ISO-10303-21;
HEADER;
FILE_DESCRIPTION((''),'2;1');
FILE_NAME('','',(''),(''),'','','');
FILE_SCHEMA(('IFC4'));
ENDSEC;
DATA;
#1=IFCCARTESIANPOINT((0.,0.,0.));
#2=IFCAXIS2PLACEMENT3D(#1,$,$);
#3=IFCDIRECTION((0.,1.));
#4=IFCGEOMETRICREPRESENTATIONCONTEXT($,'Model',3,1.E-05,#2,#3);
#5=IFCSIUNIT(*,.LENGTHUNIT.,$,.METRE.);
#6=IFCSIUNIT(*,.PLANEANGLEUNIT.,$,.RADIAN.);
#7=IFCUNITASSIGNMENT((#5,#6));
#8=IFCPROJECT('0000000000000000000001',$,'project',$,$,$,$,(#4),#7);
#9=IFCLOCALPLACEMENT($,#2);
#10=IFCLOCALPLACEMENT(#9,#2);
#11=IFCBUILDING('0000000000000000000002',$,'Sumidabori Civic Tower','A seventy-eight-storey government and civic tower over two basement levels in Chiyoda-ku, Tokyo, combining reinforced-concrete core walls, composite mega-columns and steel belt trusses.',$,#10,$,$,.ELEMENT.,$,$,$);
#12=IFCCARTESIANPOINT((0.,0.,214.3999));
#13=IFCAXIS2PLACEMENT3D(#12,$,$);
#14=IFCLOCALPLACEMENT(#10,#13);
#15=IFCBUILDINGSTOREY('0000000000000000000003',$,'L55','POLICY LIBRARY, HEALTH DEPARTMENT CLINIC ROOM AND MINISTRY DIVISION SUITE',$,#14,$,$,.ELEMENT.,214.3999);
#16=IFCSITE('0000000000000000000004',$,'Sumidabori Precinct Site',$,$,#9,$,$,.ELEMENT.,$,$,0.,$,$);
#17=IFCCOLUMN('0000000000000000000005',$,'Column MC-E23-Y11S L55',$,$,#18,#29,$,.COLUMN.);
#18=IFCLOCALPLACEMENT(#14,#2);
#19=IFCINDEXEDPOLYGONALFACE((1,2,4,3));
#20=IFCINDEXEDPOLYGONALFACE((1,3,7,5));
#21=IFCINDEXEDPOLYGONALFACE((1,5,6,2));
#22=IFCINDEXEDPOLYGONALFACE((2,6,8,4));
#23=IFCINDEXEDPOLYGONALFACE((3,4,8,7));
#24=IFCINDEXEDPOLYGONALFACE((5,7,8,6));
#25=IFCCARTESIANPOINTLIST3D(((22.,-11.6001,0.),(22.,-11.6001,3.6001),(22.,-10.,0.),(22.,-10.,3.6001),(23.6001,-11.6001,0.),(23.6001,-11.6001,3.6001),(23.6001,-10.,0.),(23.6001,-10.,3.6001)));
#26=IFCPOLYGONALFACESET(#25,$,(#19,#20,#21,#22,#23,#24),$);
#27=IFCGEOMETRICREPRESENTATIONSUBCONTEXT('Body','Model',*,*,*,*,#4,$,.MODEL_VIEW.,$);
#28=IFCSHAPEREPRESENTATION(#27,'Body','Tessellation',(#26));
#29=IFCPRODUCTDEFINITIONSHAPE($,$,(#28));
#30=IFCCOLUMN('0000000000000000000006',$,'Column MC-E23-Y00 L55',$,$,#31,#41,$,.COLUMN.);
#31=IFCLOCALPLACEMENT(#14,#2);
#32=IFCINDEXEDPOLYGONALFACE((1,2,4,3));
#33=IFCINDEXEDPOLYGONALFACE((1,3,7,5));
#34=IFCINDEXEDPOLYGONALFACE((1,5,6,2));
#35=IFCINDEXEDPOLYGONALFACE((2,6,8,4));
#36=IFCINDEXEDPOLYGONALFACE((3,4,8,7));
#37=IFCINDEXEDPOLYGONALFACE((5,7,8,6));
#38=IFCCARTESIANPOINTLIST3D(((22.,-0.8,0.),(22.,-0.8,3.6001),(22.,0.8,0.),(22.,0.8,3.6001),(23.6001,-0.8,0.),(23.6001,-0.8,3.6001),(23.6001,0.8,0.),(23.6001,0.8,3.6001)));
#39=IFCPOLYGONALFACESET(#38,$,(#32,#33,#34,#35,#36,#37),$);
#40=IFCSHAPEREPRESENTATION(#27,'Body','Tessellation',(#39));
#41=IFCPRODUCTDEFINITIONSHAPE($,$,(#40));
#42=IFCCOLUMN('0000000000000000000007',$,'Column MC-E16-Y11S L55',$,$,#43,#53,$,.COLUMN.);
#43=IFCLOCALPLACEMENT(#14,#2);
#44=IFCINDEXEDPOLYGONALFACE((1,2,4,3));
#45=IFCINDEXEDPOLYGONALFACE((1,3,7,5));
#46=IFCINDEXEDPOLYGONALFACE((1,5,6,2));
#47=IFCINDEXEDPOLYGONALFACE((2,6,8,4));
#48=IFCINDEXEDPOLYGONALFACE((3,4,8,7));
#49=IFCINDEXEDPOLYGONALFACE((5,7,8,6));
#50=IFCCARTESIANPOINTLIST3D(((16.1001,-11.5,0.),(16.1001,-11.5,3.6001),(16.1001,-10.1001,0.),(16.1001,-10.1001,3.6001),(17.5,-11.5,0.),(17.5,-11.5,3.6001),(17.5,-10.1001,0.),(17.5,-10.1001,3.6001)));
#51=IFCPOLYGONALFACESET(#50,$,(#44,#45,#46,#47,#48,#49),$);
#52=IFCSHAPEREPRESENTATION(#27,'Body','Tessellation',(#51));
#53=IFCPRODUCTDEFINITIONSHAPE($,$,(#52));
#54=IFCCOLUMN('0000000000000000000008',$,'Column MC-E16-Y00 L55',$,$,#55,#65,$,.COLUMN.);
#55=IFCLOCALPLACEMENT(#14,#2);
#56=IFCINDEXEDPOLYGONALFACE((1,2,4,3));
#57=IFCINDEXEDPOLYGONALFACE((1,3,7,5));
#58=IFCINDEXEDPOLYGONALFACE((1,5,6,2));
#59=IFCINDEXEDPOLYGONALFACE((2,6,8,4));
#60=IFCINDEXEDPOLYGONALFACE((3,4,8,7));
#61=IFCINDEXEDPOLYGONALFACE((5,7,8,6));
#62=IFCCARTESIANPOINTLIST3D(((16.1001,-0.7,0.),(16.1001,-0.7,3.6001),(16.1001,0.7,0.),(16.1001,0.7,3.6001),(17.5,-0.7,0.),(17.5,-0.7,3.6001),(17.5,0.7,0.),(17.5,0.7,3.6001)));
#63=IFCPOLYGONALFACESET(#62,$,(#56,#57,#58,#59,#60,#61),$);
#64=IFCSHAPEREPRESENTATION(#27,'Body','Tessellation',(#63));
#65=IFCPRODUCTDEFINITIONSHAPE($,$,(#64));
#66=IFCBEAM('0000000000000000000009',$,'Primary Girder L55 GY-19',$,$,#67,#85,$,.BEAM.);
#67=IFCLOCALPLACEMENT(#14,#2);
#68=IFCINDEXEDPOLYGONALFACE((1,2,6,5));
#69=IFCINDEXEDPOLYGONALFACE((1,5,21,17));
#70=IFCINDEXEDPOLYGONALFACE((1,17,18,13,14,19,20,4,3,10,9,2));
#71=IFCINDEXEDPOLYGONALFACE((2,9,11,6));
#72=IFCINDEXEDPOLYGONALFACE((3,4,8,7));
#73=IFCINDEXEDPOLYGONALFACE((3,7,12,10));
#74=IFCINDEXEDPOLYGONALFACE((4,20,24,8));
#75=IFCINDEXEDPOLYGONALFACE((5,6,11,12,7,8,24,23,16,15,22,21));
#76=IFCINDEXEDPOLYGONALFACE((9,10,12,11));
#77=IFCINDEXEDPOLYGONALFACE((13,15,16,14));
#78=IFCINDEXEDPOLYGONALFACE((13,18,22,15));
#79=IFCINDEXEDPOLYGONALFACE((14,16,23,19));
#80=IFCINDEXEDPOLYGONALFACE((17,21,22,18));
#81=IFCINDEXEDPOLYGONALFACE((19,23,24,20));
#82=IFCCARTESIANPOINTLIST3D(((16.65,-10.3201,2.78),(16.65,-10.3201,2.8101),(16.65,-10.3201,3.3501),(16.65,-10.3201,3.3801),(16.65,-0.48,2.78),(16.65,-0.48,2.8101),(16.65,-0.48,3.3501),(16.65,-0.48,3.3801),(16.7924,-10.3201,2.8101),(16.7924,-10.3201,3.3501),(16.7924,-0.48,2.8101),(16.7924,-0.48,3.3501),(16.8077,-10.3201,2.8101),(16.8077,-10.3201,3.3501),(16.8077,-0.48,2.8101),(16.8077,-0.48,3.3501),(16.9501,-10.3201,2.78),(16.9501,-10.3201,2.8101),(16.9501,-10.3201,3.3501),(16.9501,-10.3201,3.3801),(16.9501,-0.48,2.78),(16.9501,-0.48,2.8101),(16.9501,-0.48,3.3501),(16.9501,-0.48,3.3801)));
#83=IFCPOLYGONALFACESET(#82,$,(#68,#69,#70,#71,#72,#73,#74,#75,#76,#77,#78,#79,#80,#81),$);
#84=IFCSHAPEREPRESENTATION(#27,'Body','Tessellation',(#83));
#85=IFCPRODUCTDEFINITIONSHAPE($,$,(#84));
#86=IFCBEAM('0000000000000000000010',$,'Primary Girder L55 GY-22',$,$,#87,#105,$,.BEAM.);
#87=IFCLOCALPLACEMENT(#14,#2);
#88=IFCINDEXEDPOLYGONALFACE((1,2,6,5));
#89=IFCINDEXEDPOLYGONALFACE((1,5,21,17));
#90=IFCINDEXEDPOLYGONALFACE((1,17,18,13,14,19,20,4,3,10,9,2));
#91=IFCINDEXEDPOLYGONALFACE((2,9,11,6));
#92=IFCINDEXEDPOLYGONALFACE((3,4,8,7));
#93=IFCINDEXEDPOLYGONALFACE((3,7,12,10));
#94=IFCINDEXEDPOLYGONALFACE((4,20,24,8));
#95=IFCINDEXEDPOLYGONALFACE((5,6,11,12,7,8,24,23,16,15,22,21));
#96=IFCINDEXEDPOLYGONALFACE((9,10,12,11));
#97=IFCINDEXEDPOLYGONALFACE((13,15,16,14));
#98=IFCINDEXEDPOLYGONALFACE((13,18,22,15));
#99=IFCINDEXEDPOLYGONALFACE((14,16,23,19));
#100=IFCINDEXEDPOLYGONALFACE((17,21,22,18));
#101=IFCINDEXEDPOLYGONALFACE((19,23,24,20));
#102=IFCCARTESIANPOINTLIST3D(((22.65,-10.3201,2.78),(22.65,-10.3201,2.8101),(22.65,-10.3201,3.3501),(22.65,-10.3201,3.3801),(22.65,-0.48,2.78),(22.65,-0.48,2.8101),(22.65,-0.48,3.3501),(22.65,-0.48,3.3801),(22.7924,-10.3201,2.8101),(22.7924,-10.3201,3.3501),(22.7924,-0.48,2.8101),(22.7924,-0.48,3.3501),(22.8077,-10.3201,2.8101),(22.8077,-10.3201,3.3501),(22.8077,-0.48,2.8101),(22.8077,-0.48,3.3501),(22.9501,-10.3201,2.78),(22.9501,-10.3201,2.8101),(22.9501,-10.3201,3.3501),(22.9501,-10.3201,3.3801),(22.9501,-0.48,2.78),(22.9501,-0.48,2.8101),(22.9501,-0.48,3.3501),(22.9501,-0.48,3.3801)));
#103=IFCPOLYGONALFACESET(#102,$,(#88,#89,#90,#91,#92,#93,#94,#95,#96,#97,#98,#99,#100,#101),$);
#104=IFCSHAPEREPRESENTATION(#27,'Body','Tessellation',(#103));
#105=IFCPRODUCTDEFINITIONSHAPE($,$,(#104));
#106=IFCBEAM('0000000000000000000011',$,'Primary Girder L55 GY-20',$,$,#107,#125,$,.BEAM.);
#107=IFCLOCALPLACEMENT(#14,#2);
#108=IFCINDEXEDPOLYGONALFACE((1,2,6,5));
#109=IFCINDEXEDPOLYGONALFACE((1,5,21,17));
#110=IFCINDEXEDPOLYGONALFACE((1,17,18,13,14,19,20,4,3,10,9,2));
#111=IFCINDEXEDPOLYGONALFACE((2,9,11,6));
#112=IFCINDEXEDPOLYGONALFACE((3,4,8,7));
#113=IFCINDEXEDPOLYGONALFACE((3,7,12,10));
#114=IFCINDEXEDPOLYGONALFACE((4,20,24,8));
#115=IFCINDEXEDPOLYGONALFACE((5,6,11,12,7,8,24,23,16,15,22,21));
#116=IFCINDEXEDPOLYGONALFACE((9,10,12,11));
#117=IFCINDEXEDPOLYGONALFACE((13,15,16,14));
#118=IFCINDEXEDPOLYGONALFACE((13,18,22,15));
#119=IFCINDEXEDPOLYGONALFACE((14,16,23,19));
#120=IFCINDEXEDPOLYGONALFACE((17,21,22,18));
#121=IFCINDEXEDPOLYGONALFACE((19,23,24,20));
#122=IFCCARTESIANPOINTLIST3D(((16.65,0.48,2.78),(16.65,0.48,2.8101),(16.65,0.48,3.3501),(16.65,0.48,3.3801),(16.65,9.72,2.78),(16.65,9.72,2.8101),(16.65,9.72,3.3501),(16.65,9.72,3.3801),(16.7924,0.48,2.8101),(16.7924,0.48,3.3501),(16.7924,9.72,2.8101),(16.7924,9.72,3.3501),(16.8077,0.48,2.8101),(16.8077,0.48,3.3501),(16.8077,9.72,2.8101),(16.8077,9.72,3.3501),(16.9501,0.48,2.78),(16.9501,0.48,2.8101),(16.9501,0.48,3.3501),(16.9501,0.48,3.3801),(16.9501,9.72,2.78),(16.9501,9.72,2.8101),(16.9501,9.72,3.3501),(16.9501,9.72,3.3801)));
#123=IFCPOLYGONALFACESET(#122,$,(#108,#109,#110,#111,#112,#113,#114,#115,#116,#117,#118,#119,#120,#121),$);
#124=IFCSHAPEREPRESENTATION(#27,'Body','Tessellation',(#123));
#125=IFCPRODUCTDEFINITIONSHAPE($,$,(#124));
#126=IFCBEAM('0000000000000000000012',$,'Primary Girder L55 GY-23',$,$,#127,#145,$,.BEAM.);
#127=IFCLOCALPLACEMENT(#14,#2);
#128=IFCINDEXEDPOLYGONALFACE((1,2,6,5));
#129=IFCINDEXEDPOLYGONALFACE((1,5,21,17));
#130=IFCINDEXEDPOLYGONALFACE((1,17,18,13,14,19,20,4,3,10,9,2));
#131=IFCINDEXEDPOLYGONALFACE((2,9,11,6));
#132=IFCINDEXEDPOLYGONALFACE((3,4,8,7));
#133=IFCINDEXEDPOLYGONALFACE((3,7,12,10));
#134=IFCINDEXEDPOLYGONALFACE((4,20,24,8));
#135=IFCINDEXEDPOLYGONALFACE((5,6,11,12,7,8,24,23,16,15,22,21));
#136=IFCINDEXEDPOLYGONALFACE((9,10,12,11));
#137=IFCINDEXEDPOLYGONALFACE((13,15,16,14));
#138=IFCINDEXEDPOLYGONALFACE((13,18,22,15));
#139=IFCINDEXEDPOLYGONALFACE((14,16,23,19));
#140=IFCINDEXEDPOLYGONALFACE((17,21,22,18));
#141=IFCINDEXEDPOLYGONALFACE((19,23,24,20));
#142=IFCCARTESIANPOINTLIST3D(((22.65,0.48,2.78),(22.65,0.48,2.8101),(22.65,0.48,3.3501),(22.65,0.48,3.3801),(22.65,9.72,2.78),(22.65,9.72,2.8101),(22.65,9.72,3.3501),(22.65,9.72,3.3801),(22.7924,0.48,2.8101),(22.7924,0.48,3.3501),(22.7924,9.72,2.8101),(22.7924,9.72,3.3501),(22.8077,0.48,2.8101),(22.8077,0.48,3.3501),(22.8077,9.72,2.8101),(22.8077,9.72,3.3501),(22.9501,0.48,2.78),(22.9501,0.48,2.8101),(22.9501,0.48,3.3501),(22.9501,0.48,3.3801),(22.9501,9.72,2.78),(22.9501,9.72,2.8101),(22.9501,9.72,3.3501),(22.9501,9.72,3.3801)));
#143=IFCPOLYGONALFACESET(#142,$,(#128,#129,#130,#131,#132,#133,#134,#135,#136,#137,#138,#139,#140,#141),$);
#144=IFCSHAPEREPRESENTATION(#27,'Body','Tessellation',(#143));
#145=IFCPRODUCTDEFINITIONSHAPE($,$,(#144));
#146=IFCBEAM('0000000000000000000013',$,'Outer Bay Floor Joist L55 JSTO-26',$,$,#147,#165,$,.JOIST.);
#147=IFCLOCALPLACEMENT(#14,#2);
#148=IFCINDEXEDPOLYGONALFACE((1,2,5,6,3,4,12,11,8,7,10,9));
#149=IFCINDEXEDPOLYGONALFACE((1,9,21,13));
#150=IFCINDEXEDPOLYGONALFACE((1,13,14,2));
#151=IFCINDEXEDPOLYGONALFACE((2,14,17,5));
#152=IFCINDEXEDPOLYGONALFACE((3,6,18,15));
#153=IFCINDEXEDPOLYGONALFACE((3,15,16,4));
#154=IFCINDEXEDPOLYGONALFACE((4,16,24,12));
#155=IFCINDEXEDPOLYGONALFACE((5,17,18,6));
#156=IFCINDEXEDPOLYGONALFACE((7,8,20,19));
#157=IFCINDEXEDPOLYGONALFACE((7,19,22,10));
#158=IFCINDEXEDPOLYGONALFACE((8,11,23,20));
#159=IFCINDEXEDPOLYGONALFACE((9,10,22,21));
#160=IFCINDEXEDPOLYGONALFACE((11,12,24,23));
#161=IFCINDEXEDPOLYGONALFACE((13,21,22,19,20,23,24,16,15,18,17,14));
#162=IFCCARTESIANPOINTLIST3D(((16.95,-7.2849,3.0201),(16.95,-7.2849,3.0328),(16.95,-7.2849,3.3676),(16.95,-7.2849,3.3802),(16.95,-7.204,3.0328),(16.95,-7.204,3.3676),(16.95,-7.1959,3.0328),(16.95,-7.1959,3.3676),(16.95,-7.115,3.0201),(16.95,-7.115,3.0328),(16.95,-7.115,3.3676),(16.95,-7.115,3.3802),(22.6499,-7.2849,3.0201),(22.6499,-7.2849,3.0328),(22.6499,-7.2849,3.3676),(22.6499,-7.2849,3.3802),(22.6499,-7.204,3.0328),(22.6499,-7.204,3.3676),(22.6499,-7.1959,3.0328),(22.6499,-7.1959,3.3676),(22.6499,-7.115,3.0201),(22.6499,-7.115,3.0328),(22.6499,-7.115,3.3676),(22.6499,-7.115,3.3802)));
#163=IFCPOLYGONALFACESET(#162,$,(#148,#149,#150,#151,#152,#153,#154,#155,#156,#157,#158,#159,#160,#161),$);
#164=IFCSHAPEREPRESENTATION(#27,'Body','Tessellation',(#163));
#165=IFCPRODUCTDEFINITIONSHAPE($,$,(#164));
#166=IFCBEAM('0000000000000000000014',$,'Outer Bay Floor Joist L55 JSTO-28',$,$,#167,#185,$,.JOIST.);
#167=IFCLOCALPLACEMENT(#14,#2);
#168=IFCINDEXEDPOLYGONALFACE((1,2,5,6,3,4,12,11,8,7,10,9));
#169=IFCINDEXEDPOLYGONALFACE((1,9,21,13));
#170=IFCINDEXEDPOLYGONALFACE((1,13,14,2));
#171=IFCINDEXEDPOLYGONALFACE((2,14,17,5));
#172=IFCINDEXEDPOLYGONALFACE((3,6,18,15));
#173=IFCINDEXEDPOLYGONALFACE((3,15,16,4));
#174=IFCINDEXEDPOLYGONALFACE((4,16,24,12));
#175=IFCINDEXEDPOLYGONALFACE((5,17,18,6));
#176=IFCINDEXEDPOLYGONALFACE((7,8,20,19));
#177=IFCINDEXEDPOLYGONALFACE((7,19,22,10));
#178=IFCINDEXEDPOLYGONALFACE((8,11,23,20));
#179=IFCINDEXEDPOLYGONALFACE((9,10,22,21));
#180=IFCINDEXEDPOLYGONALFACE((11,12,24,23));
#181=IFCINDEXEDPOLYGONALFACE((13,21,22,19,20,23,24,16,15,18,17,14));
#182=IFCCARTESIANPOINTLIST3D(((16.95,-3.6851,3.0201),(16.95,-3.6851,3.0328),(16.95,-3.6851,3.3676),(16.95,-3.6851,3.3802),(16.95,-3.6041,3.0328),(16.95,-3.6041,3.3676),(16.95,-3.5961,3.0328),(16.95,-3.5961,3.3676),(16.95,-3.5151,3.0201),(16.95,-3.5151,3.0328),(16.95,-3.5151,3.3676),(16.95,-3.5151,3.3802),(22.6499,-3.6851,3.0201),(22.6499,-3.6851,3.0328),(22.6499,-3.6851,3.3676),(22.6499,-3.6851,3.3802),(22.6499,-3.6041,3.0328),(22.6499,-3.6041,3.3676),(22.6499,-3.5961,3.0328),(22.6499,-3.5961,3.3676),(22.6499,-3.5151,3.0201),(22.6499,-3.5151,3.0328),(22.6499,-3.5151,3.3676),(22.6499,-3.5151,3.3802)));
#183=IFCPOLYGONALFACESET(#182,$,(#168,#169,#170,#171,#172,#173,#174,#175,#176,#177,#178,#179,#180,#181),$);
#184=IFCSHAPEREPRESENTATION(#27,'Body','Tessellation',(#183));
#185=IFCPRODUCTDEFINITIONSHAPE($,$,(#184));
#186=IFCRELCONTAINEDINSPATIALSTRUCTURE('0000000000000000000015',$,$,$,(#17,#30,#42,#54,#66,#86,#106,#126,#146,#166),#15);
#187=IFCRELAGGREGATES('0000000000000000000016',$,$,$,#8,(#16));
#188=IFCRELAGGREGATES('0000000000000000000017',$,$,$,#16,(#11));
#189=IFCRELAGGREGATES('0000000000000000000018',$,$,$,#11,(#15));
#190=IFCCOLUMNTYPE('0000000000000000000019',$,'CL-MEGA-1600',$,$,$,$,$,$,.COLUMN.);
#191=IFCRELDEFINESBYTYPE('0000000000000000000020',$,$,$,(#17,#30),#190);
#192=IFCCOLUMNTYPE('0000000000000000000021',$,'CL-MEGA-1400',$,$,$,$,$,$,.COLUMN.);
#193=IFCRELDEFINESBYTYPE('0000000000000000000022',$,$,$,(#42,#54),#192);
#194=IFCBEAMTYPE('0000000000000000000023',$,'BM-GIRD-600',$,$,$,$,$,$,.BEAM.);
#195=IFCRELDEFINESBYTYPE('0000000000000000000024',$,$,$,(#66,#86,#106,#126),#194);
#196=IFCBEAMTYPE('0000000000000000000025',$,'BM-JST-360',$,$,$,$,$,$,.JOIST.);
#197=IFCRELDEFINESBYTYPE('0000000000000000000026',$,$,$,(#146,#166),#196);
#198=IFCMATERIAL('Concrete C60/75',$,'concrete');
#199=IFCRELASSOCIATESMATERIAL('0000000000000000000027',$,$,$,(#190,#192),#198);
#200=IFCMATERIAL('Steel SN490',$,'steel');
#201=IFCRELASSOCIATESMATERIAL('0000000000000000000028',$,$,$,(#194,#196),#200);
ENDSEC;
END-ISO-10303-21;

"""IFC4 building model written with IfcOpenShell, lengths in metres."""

from ifc_helpers import new_model, si_unit, direction, frame, origin, origin_2d, place, context, subcontext, project, spatial, rectangle, i_section, extrude, source, transform, mapped, material, material_profile, profile_set, type_object, element, save


model = new_model("IFC4")

# Units and contexts
model_context = context("Model", 3, precision=1e-05, world=origin(), true_north=direction((0.0, 1.0)))
body_context = subcontext(model_context, "Body", "Model", "MODEL_VIEW")
ifc_project = project(units=[si_unit("LENGTHUNIT", "METRE"), si_unit("PLANEANGLEUNIT", "RADIAN")], contexts=[model_context])

# Site, building, storey
site_placement = place(None, origin())
site = spatial("IfcSite", under=ifc_project, at=site_placement, Name="Sumidabori Precinct Site", CompositionType="ELEMENT", RefElevation=0.0)
building_placement = place(site_placement, origin())
building = spatial("IfcBuilding", under=site, at=building_placement, Name="Sumidabori Civic Tower", Description="A seventy-eight-storey government and civic tower over two basement levels in Chiyoda-ku, Tokyo, combining reinforced-concrete core walls, composite mega-columns and steel belt trusses.", CompositionType="ELEMENT")
storey_placement = place(building_placement, frame((0.0, 0.0, 214.3999)))
storey = spatial("IfcBuildingStorey", under=building, at=storey_placement, Name="L55", Description="POLICY LIBRARY, HEALTH DEPARTMENT CLINIC ROOM AND MINISTRY DIVISION SUITE", CompositionType="ELEMENT", Elevation=214.3999)

# Columns
ifc_material_1 = material(Name="Concrete C60/75", Category="concrete")
ifc_material_profile_1 = material_profile(ifc_material_1, rectangle(XDim=1.6001, YDim=1.6001, at=origin_2d()), Name="RC 1600x1600")
ifc_profile_set_1 = profile_set([ifc_material_profile_1], Name="Concrete C60/75")
column_type_1 = type_object("IfcColumnType", Name="CL-MEGA-1600", PredefinedType="COLUMN", material=ifc_profile_set_1)
shared_shape_1 = source(origin(), body_context, "Body", "SweptSolid", [
    extrude(rectangle(XDim=1.6001, YDim=1.6001, at=origin_2d()), origin(), (0.0, 0.0, 1.0), 3.6001),
])
for number, where, z_axis, x_axis, name in (
    (1, (22.8, -10.8, 0.0), (0.0, 0.0, 1.0), (1.0, 0.0, 0.0), "Column MC-E23-Y11S L55"),
    (2, (22.8, 0.0, 0.0), (0.0, 0.0, 1.0), (1.0, 0.0, 0.0), "Column MC-E23-Y00 L55"),
):
    element("IfcColumn", number, at=place(storey_placement, frame(where, z_axis=z_axis, x_axis=x_axis)), inside=storey, type_object=column_type_1, Name=name, PredefinedType="COLUMN", context=body_context, shape_type="MappedRepresentation", body=[
        mapped(shared_shape_1, transform((0.0, 0.0, 0.0), x_axis=(1.0, 0.0, 0.0), y_axis=(0.0, 1.0, 0.0), z_axis=(0.0, 0.0, 1.0), scale=1.0)),
    ])
ifc_material_profile_2 = material_profile(ifc_material_1, rectangle(XDim=1.3999, YDim=1.3999, at=origin_2d()), Name="RC 1400x1400")
ifc_profile_set_2 = profile_set([ifc_material_profile_2], Name="Concrete C60/75")
column_type_2 = type_object("IfcColumnType", Name="CL-MEGA-1400", PredefinedType="COLUMN", material=ifc_profile_set_2)
shared_shape_2 = source(origin(), body_context, "Body", "SweptSolid", [
    extrude(rectangle(XDim=1.3999, YDim=1.3999, at=origin_2d()), origin(), (0.0, 0.0, 1.0), 3.6001),
])
for number, where, z_axis, x_axis, name in (
    (3, (16.8, -10.8, 0.0), (0.0, 0.0, 1.0), (1.0, 0.0, 0.0), "Column MC-E16-Y11S L55"),
    (4, (16.8, 0.0, 0.0), (0.0, 0.0, 1.0), (1.0, 0.0, 0.0), "Column MC-E16-Y00 L55"),
):
    element("IfcColumn", number, at=place(storey_placement, frame(where, z_axis=z_axis, x_axis=x_axis)), inside=storey, type_object=column_type_2, Name=name, PredefinedType="COLUMN", context=body_context, shape_type="MappedRepresentation", body=[
        mapped(shared_shape_2, transform((0.0, 0.0, 0.0), x_axis=(1.0, 0.0, 0.0), y_axis=(0.0, 1.0, 0.0), z_axis=(0.0, 0.0, 1.0), scale=1.0)),
    ])

# Beams
ifc_material_2 = material(Name="Steel SN490", Category="steel")
ifc_material_profile_3 = material_profile(ifc_material_2, i_section(OverallWidth=0.3, OverallDepth=0.6001, WebThickness=0.0154, FlangeThickness=0.03, at=origin_2d()), Name="HE 600 B")
ifc_profile_set_3 = profile_set([ifc_material_profile_3], Name="Steel SN490")
beam_type_1 = type_object("IfcBeamType", Name="BM-GIRD-600", PredefinedType="BEAM", material=ifc_profile_set_3)
shared_shape_3 = source(origin(), body_context, "Body", "SweptSolid", [
    extrude(i_section(OverallWidth=0.3, OverallDepth=0.6001, WebThickness=0.0154, FlangeThickness=0.03, at=origin_2d()), origin(), (0.0, 0.0, 1.0), 9.8401),
])
for number, where, z_axis, x_axis, name in (
    (5, (16.8, -10.3201, 3.0801), (0.0, 1.0, 0.0), (-1.0, 0.0, 0.0), "Primary Girder L55 GY-19"),
    (6, (22.8, -10.3201, 3.0801), (0.0, 1.0, 0.0), (-1.0, 0.0, 0.0), "Primary Girder L55 GY-22"),
):
    element("IfcBeam", number, at=place(storey_placement, frame(where, z_axis=z_axis, x_axis=x_axis)), inside=storey, type_object=beam_type_1, Name=name, PredefinedType="BEAM", context=body_context, shape_type="MappedRepresentation", body=[
        mapped(shared_shape_3, transform((0.0, 0.0, 0.0), x_axis=(1.0, 0.0, 0.0), y_axis=(0.0, 1.0, 0.0), z_axis=(0.0, 0.0, 1.0), scale=1.0)),
    ])
shared_shape_4 = source(origin(), body_context, "Body", "SweptSolid", [
    extrude(i_section(OverallWidth=0.3, OverallDepth=0.6001, WebThickness=0.0154, FlangeThickness=0.03, at=origin_2d()), origin(), (0.0, 0.0, 1.0), 9.24),
])
for number, where, z_axis, x_axis, name in (
    (7, (16.8, 0.48, 3.0801), (0.0, 1.0, 0.0), (-1.0, 0.0, 0.0), "Primary Girder L55 GY-20"),
    (8, (22.8, 0.48, 3.0801), (0.0, 1.0, 0.0), (-1.0, 0.0, 0.0), "Primary Girder L55 GY-23"),
):
    element("IfcBeam", number, at=place(storey_placement, frame(where, z_axis=z_axis, x_axis=x_axis)), inside=storey, type_object=beam_type_1, Name=name, PredefinedType="BEAM", context=body_context, shape_type="MappedRepresentation", body=[
        mapped(shared_shape_4, transform((0.0, 0.0, 0.0), x_axis=(1.0, 0.0, 0.0), y_axis=(0.0, 1.0, 0.0), z_axis=(0.0, 0.0, 1.0), scale=1.0)),
    ])
ifc_material_profile_4 = material_profile(ifc_material_2, i_section(OverallWidth=0.1699, OverallDepth=0.3601, WebThickness=0.0081, FlangeThickness=0.0127, at=origin_2d()), Name="IPE 360")
ifc_profile_set_4 = profile_set([ifc_material_profile_4], Name="Steel SN490")
beam_type_2 = type_object("IfcBeamType", Name="BM-JST-360", PredefinedType="JOIST", material=ifc_profile_set_4)
shared_shape_5 = source(origin(), body_context, "Body", "SweptSolid", [
    extrude(i_section(OverallWidth=0.1699, OverallDepth=0.3601, WebThickness=0.0081, FlangeThickness=0.0127, at=origin_2d()), origin(), (0.0, 0.0, 1.0), 5.7),
])
for number, where, z_axis, x_axis, name in (
    (9, (16.95, -7.2, 3.2002), (1.0, 0.0, 0.0), (0.0, 1.0, 0.0), "Outer Bay Floor Joist L55 JSTO-26"),
    (10, (16.95, -3.6001, 3.2002), (1.0, 0.0, 0.0), (0.0, 1.0, 0.0), "Outer Bay Floor Joist L55 JSTO-28"),
):
    element("IfcBeam", number, at=place(storey_placement, frame(where, z_axis=z_axis, x_axis=x_axis)), inside=storey, type_object=beam_type_2, Name=name, PredefinedType="JOIST", context=body_context, shape_type="MappedRepresentation", body=[
        mapped(shared_shape_5, transform((0.0, 0.0, 0.0), x_axis=(1.0, 0.0, 0.0), y_axis=(0.0, 1.0, 0.0), z_axis=(0.0, 0.0, 1.0), scale=1.0)),
    ])

save(model, "model.ifc")
